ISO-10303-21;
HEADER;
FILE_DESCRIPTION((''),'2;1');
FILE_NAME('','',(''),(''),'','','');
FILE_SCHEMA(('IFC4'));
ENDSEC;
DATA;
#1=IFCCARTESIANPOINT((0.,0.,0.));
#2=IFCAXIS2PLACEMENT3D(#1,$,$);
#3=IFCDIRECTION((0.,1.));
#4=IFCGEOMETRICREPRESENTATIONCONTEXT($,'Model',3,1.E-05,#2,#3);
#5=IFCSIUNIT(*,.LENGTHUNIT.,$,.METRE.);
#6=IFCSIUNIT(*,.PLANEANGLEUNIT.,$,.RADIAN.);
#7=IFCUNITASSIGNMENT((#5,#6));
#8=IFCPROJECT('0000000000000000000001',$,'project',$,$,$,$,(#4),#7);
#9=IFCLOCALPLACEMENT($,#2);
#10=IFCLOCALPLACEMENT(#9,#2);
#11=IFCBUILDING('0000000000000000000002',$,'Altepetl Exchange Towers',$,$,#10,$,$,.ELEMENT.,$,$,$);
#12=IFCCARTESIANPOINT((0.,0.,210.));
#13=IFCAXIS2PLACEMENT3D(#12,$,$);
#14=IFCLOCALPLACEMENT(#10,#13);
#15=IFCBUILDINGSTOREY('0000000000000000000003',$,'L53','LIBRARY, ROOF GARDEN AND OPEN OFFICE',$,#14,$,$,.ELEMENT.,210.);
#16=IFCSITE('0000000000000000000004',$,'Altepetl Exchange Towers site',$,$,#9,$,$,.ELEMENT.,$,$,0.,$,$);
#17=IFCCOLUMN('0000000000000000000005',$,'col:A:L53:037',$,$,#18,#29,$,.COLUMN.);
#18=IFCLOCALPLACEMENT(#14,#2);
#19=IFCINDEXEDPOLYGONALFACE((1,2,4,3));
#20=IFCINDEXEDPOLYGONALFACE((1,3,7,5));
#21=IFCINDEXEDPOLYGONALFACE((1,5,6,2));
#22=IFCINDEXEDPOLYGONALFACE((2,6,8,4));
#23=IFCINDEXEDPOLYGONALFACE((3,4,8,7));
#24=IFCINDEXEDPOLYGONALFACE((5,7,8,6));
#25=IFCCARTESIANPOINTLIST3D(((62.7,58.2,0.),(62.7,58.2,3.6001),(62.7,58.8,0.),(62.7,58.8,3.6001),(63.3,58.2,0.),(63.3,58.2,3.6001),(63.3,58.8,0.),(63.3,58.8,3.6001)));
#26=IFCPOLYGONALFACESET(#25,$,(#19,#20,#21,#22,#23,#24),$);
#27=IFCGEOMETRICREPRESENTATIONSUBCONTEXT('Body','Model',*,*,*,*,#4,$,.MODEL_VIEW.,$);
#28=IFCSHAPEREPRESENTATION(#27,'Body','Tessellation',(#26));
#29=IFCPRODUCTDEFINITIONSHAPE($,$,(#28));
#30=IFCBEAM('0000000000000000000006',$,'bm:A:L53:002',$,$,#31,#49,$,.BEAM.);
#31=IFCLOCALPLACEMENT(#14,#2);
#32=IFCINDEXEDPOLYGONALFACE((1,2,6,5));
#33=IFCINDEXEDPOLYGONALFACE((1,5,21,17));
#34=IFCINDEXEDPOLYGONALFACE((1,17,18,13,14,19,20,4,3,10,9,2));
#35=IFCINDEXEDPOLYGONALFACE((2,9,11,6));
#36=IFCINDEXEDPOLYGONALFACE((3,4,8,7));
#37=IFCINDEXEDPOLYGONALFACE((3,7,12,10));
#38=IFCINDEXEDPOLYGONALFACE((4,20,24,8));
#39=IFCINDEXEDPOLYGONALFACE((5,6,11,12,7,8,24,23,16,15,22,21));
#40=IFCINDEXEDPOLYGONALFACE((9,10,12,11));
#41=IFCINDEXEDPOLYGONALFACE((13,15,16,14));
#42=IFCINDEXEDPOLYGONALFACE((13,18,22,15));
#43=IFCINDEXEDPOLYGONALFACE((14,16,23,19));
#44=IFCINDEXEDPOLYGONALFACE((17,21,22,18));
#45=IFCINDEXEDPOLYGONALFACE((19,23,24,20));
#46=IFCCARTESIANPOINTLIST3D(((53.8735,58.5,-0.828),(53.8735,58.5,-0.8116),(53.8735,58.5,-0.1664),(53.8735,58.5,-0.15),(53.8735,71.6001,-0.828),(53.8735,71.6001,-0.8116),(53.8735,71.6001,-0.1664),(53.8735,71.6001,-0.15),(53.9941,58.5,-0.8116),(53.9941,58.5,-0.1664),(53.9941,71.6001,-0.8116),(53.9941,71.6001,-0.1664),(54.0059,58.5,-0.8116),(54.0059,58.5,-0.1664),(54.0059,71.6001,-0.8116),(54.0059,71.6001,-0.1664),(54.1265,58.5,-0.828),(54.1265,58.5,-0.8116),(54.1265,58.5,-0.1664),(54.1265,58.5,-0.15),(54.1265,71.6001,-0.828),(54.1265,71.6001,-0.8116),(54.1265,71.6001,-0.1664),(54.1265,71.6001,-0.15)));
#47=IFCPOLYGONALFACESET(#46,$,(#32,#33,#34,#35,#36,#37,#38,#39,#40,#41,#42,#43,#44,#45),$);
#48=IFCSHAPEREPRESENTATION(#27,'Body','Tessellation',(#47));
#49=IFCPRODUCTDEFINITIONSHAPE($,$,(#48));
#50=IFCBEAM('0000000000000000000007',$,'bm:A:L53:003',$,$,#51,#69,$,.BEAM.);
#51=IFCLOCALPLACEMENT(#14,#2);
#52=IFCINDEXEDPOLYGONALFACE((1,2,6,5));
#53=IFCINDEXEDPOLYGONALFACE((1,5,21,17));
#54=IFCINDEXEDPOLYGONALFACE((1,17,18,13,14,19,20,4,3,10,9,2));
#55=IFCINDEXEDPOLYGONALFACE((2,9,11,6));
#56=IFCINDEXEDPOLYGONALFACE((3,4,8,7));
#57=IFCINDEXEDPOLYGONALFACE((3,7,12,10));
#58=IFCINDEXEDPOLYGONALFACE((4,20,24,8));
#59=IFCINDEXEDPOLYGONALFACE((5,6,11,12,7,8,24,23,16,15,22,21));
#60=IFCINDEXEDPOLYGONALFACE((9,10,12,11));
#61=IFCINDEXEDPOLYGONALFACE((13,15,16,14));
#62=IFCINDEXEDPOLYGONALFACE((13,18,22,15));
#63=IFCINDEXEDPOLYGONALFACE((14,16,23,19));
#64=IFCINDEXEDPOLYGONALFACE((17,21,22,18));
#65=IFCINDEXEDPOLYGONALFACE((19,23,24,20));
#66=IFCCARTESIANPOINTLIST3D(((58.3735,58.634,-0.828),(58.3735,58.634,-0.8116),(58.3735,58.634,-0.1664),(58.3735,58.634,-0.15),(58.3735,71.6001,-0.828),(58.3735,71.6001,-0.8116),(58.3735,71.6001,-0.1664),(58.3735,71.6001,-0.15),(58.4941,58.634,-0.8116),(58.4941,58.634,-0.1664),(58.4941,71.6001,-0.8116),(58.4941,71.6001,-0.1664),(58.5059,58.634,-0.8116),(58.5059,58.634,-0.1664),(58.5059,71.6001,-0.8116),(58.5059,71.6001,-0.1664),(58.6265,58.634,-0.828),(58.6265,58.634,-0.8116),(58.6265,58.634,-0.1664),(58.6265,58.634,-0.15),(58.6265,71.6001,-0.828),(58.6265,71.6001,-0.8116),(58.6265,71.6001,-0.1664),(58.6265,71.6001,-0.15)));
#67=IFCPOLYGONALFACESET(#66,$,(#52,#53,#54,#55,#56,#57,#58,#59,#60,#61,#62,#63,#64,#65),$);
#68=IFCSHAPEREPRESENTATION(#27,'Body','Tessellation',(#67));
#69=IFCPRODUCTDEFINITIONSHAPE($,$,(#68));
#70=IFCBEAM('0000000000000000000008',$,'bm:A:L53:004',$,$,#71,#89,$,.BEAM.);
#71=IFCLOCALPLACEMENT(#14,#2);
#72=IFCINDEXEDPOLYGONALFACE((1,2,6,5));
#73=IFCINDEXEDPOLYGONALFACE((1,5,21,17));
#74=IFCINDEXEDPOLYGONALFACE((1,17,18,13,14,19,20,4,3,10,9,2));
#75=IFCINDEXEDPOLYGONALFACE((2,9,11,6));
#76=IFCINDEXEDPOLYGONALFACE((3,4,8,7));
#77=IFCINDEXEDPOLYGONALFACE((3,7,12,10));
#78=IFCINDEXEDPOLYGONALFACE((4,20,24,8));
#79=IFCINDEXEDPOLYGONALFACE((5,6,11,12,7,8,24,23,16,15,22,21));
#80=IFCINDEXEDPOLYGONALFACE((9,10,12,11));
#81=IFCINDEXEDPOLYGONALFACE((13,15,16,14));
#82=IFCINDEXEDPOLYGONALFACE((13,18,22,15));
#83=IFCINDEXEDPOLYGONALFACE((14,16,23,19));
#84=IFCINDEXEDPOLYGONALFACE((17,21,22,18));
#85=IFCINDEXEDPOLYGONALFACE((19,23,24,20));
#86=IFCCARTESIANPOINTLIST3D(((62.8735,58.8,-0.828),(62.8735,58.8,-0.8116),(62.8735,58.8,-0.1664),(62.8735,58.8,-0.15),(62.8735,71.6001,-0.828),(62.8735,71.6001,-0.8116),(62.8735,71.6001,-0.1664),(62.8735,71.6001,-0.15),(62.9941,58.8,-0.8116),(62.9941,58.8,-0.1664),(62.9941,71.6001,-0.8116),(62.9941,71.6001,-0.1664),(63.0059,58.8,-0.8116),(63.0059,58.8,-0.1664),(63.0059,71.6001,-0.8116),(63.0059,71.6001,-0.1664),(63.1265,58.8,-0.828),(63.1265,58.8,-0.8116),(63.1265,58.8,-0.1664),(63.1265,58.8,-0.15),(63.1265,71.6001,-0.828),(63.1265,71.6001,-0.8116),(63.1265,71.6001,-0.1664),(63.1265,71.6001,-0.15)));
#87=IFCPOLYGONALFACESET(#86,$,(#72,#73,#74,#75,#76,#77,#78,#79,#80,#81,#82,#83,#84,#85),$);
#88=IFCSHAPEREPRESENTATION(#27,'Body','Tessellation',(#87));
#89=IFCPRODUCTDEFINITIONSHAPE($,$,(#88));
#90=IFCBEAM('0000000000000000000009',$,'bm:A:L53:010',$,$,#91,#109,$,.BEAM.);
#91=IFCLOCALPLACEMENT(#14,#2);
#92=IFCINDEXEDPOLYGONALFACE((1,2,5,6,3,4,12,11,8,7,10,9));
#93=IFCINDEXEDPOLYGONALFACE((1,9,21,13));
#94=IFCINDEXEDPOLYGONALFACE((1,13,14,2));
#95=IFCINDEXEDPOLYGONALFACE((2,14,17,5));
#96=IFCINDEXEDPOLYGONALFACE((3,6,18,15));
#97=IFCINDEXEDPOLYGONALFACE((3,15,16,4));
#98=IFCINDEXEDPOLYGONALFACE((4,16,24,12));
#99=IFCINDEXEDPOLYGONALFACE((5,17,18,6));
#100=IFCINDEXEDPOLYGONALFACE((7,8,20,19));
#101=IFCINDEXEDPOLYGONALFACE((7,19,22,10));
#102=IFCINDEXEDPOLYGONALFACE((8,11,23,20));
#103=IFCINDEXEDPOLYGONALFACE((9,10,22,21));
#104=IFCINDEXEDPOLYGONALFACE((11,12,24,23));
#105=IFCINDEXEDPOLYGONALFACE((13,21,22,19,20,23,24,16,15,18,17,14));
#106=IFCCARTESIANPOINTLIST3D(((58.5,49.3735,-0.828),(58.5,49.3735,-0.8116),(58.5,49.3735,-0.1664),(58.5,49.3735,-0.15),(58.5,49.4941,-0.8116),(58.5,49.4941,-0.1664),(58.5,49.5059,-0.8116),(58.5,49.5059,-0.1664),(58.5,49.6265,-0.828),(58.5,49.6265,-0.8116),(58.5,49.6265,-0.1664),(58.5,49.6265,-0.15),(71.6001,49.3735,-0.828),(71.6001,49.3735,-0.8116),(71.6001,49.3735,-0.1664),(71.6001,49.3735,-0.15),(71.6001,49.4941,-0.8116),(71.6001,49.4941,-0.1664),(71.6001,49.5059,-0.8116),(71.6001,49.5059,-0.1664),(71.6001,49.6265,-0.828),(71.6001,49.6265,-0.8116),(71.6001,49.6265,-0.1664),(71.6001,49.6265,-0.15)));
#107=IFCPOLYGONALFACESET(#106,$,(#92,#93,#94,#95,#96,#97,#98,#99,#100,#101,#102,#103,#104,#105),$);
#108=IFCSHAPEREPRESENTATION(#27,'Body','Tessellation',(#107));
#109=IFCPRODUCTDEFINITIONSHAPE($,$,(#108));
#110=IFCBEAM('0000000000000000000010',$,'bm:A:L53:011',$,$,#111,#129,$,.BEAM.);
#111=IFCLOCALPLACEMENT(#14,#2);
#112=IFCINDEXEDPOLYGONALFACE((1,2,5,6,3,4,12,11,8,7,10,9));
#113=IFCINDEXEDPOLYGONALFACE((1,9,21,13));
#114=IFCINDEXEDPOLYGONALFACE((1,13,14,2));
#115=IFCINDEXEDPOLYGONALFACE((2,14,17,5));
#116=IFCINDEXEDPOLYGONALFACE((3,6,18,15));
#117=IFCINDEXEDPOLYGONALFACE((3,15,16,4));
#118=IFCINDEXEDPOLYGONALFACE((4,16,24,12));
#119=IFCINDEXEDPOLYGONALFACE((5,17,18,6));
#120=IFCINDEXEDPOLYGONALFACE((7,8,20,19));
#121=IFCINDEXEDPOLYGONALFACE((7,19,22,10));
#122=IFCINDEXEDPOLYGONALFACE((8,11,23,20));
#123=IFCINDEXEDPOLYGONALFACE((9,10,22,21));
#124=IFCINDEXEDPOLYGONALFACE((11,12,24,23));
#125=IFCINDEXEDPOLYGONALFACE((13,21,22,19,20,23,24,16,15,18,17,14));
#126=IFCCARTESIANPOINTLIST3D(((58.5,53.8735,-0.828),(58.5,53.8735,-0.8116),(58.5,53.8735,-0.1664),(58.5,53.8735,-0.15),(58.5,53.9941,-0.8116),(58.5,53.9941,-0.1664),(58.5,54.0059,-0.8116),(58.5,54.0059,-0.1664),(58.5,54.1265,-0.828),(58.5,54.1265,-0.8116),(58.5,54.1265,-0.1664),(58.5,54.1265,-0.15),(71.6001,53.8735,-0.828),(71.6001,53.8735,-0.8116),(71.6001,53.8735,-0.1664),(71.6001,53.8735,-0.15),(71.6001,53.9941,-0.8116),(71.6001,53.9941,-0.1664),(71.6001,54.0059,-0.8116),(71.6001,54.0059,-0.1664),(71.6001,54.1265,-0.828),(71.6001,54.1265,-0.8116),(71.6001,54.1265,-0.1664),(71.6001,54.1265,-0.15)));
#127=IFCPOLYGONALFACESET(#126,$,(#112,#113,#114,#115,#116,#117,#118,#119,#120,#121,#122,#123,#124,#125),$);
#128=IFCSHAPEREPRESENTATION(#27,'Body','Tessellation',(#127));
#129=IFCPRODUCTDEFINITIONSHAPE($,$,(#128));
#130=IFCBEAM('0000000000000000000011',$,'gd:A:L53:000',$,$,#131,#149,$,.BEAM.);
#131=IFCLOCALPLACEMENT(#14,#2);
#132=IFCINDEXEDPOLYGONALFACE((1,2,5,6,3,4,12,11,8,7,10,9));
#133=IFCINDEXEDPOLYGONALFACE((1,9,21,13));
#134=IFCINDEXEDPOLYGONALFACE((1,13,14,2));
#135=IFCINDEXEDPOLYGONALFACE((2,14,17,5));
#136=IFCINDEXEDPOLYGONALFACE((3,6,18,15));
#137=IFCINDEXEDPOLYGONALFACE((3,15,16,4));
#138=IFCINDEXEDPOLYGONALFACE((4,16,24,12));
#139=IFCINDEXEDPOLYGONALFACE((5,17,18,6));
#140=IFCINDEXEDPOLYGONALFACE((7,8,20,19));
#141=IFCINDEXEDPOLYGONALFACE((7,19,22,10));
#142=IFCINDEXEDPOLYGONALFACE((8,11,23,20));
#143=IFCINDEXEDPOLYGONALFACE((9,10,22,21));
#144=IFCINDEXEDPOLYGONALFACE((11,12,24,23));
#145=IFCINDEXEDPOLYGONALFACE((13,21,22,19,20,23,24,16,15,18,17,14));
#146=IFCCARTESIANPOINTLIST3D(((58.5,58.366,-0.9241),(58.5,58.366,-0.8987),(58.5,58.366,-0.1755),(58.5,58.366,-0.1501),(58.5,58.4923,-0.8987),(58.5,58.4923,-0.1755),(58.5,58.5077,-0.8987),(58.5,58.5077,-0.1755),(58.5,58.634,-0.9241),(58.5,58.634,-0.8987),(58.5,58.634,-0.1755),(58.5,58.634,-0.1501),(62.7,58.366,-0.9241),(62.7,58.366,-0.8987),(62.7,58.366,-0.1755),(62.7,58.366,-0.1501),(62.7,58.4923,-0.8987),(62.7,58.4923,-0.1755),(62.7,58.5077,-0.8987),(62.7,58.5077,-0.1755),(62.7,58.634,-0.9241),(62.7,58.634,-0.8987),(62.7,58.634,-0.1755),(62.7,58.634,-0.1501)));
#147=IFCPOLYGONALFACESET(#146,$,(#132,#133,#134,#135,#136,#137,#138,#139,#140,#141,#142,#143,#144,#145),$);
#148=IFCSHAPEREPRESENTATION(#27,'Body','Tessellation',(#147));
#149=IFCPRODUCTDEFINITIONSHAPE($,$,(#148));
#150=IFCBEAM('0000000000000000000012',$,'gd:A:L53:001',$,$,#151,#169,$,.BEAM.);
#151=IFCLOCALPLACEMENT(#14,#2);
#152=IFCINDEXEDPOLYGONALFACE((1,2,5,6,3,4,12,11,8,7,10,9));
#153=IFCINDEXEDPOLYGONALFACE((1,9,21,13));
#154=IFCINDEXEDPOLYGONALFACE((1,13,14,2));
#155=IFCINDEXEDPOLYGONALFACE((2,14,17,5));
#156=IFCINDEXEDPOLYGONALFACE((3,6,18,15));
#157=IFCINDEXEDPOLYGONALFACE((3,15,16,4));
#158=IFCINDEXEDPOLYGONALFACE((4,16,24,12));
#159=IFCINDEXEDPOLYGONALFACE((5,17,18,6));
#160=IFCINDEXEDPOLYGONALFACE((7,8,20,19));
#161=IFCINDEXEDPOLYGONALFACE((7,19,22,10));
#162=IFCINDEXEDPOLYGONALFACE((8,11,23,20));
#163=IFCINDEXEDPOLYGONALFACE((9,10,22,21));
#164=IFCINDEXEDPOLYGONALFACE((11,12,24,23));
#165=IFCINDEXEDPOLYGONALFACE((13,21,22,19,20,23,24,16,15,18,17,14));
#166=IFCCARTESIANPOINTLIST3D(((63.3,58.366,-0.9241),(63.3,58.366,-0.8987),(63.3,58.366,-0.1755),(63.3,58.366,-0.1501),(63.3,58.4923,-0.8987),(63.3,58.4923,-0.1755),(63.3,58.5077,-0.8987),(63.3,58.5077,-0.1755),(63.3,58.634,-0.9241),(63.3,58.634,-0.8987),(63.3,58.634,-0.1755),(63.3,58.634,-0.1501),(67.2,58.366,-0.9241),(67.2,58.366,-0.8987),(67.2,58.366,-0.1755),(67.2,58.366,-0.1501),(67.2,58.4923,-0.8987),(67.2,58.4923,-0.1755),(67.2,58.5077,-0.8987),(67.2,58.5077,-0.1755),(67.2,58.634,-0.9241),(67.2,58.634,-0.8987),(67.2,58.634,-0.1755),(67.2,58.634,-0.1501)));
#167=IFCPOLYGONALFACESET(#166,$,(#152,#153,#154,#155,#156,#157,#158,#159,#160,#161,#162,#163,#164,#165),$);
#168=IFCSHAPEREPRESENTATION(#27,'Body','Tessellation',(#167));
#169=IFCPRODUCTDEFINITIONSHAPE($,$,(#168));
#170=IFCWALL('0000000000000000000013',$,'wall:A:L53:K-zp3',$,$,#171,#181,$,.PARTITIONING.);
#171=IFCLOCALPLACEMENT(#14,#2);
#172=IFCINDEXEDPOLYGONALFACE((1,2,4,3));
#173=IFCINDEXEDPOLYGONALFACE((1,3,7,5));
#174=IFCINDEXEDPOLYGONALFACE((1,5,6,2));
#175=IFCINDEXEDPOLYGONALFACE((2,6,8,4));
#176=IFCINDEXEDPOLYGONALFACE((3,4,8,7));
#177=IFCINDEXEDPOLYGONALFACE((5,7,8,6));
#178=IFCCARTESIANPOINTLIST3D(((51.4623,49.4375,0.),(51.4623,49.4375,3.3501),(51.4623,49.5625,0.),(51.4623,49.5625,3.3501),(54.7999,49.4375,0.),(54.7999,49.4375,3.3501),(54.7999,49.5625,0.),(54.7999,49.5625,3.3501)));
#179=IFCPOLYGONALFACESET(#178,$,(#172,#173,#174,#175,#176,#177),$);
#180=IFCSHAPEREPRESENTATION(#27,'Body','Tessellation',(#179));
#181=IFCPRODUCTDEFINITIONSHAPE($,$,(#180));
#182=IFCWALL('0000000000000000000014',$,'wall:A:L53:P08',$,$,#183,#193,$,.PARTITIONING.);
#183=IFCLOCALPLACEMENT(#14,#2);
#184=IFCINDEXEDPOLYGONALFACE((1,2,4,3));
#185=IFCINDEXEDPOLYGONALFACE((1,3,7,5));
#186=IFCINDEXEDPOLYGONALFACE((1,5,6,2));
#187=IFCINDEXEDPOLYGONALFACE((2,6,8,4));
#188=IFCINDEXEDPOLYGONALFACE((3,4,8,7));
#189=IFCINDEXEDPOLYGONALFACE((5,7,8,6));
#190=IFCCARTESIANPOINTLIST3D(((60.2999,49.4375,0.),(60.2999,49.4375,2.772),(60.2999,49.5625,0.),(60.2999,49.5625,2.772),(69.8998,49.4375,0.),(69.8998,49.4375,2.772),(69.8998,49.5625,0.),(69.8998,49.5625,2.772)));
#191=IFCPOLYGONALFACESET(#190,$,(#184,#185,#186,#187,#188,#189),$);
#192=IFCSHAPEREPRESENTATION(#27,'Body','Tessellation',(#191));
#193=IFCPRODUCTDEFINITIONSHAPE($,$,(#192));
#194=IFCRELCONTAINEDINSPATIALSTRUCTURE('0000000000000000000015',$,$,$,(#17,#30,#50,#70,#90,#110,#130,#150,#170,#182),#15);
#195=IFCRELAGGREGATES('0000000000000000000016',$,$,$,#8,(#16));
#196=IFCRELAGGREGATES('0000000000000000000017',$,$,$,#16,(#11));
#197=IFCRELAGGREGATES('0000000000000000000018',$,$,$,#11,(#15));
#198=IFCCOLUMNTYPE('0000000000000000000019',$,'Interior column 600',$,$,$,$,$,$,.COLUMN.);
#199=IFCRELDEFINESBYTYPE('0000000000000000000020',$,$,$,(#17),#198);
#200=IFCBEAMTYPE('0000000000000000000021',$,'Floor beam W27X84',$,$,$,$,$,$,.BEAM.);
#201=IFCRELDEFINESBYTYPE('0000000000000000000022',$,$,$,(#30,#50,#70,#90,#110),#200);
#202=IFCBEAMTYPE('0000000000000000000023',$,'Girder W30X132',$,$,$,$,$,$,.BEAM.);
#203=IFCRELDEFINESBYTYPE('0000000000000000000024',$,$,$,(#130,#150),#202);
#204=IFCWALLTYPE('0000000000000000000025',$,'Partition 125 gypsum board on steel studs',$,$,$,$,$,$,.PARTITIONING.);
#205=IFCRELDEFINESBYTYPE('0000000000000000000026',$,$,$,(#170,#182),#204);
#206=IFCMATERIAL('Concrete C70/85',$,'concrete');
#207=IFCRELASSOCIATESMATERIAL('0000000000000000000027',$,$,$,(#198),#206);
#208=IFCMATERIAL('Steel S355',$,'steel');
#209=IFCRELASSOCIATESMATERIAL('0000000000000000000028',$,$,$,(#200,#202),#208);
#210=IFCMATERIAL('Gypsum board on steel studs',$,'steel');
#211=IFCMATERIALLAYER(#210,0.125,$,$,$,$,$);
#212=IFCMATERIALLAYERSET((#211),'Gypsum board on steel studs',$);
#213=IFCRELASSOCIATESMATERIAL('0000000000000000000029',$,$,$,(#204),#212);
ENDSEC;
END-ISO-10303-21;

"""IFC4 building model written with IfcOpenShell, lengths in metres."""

from ifc_helpers import new_model, si_unit, direction, frame, frame_2d, origin, origin_2d, place, context, subcontext, project, spatial, rectangle, i_section, extrude, material, layer, layer_set, material_profile, profile_set, type_object, element, save


model = new_model("IFC4")

# Units and contexts
model_context = context("Model", 3, precision=1e-05, world=origin(), true_north=direction((0.0, 1.0)))
body_context = subcontext(model_context, "Body", "Model", "MODEL_VIEW")
ifc_project = project(units=[si_unit("LENGTHUNIT", "METRE"), si_unit("PLANEANGLEUNIT", "RADIAN")], contexts=[model_context])

# Site, building, storey
site_placement = place(None, origin())
site = spatial("IfcSite", under=ifc_project, at=site_placement, Name="Altepetl Exchange Towers site", CompositionType="ELEMENT", RefElevation=0.0)
building_placement = place(site_placement, origin())
building = spatial("IfcBuilding", under=site, at=building_placement, Name="Altepetl Exchange Towers", CompositionType="ELEMENT")
storey_placement = place(building_placement, frame((0.0, 0.0, 210.0)))
storey = spatial("IfcBuildingStorey", under=building, at=storey_placement, Name="L53", Description="LIBRARY, ROOF GARDEN AND OPEN OFFICE", CompositionType="ELEMENT", Elevation=210.0)

# Column
ifc_material_1 = material(Name="Concrete C70/85", Category="concrete")
ifc_material_profile_1 = material_profile(ifc_material_1, rectangle(XDim=0.6001, YDim=0.6001, at=origin_2d()), Name="600 x 600")
ifc_profile_set_1 = profile_set([ifc_material_profile_1], Name="Concrete C70/85")
column_type = type_object("IfcColumnType", Name="Interior column 600", PredefinedType="COLUMN", material=ifc_profile_set_1)
column_placement = place(storey_placement, frame((63.0, 58.5, 0.0)))
element("IfcColumn", 1, at=column_placement, inside=storey, type_object=column_type, Name="col:A:L53:037", PredefinedType="COLUMN", context=body_context, shape_type="SweptSolid", body=[
    extrude(rectangle(XDim=0.6001, YDim=0.6001, at=origin_2d()), origin(), (0.0, 0.0, 1.0), 3.6001),
])

# Beams
ifc_material_2 = material(Name="Steel S355", Category="steel")
ifc_material_profile_2 = material_profile(ifc_material_2, i_section(OverallWidth=0.2529, OverallDepth=0.678, WebThickness=0.0117, FlangeThickness=0.0164, at=origin_2d()), Name="W27X84")
ifc_profile_set_2 = profile_set([ifc_material_profile_2], Name="Steel S355")
beam_type_1 = type_object("IfcBeamType", Name="Floor beam W27X84", PredefinedType="BEAM", material=ifc_profile_set_2)
beam_1_placement = place(storey_placement, frame((54.0, 58.5, -0.489), z_axis=(0.0, 1.0, 0.0), x_axis=(-1.0, 0.0, 0.0)))
element("IfcBeam", 2, at=beam_1_placement, inside=storey, type_object=beam_type_1, Name="bm:A:L53:002", PredefinedType="BEAM", context=body_context, shape_type="SweptSolid", body=[
    extrude(i_section(OverallWidth=0.2529, OverallDepth=0.678, WebThickness=0.0117, FlangeThickness=0.0164, at=origin_2d()), origin(), (0.0, 0.0, 1.0), 13.1001),
])
beam_2_placement = place(storey_placement, frame((58.5, 58.634, -0.489), z_axis=(0.0, 1.0, 0.0), x_axis=(-1.0, 0.0, 0.0)))
element("IfcBeam", 3, at=beam_2_placement, inside=storey, type_object=beam_type_1, Name="bm:A:L53:003", PredefinedType="BEAM", context=body_context, shape_type="SweptSolid", body=[
    extrude(i_section(OverallWidth=0.2529, OverallDepth=0.678, WebThickness=0.0117, FlangeThickness=0.0164, at=origin_2d()), origin(), (0.0, 0.0, 1.0), 12.9661),
])
beam_3_placement = place(storey_placement, frame((63.0, 58.8, -0.489), z_axis=(0.0, 1.0, 0.0), x_axis=(-1.0, 0.0, 0.0)))
element("IfcBeam", 4, at=beam_3_placement, inside=storey, type_object=beam_type_1, Name="bm:A:L53:004", PredefinedType="BEAM", context=body_context, shape_type="SweptSolid", body=[
    extrude(i_section(OverallWidth=0.2529, OverallDepth=0.678, WebThickness=0.0117, FlangeThickness=0.0164, at=origin_2d()), origin(), (0.0, 0.0, 1.0), 12.8),
])
for number, where, z_axis, x_axis, name in (
    (5, (58.5, 49.5, -0.489), (1.0, 0.0, 0.0), (0.0, 1.0, 0.0), "bm:A:L53:010"),
    (6, (58.5, 54.0, -0.489), (1.0, 0.0, 0.0), (0.0, 1.0, 0.0), "bm:A:L53:011"),
):
    element("IfcBeam", number, at=place(storey_placement, frame(where, z_axis=z_axis, x_axis=x_axis)), inside=storey, type_object=beam_type_1, Name=name, PredefinedType="BEAM", context=body_context, shape_type="SweptSolid", body=[
        extrude(i_section(OverallWidth=0.2529, OverallDepth=0.678, WebThickness=0.0117, FlangeThickness=0.0164, at=origin_2d()), origin(), (0.0, 0.0, 1.0), 13.1001),
    ])
ifc_material_profile_3 = material_profile(ifc_material_2, i_section(OverallWidth=0.2681, OverallDepth=0.7739, WebThickness=0.0154, FlangeThickness=0.0254, at=origin_2d()), Name="W30X132")
ifc_profile_set_3 = profile_set([ifc_material_profile_3], Name="Steel S355")
beam_type_2 = type_object("IfcBeamType", Name="Girder W30X132", PredefinedType="BEAM", material=ifc_profile_set_3)
beam_4_placement = place(storey_placement, frame((58.5, 58.5, -0.5371), z_axis=(1.0, 0.0, 0.0), x_axis=(0.0, 1.0, 0.0)))
element("IfcBeam", 7, at=beam_4_placement, inside=storey, type_object=beam_type_2, Name="gd:A:L53:000", PredefinedType="BEAM", context=body_context, shape_type="SweptSolid", body=[
    extrude(i_section(OverallWidth=0.2681, OverallDepth=0.7739, WebThickness=0.0154, FlangeThickness=0.0254, at=origin_2d()), origin(), (0.0, 0.0, 1.0), 4.2),
])
beam_5_placement = place(storey_placement, frame((63.3, 58.5, -0.5371), z_axis=(1.0, 0.0, 0.0), x_axis=(0.0, 1.0, 0.0)))
element("IfcBeam", 8, at=beam_5_placement, inside=storey, type_object=beam_type_2, Name="gd:A:L53:001", PredefinedType="BEAM", context=body_context, shape_type="SweptSolid", body=[
    extrude(i_section(OverallWidth=0.2681, OverallDepth=0.7739, WebThickness=0.0154, FlangeThickness=0.0254, at=origin_2d()), origin(), (0.0, 0.0, 1.0), 3.8999),
])

# Walls
ifc_material_3 = material(Name="Gypsum board on steel studs", Category="steel")
ifc_layer_1 = layer(ifc_material_3, 0.125)
ifc_layer_set_1 = layer_set([ifc_layer_1], Name="Gypsum board on steel studs")
wall_type_1 = type_object("IfcWallType", Name="Partition 125 gypsum board on steel studs", PredefinedType="PARTITIONING", material=ifc_layer_set_1)
wall_1_placement = place(storey_placement, frame((54.8, 49.5, 0.0), z_axis=(0.0, 0.0, 1.0), x_axis=(-1.0, 0.0, 0.0)))
element("IfcWall", 9, at=wall_1_placement, inside=storey, type_object=wall_type_1, Name="wall:A:L53:K-zp3", PredefinedType="PARTITIONING", context=body_context, shape_type="SweptSolid", body=[
    extrude(rectangle(XDim=3.3376, YDim=0.125, at=frame_2d((1.6689, 0.0))), origin(), (0.0, 0.0, 1.0), 3.3501),
])
for number, where, name in (
    (10, (60.3, 49.5, 0.0), "wall:A:L53:P08"),
):
    element("IfcWall", number, at=place(storey_placement, frame(where)), inside=storey, type_object=wall_type_1, Name=name, PredefinedType="PARTITIONING", context=body_context, shape_type="SweptSolid", body=[
        extrude(rectangle(XDim=9.5999, YDim=0.125, at=frame_2d((4.7998, 0.0))), origin(), (0.0, 0.0, 1.0), 2.772),
    ])

save(model, "model.ifc")
